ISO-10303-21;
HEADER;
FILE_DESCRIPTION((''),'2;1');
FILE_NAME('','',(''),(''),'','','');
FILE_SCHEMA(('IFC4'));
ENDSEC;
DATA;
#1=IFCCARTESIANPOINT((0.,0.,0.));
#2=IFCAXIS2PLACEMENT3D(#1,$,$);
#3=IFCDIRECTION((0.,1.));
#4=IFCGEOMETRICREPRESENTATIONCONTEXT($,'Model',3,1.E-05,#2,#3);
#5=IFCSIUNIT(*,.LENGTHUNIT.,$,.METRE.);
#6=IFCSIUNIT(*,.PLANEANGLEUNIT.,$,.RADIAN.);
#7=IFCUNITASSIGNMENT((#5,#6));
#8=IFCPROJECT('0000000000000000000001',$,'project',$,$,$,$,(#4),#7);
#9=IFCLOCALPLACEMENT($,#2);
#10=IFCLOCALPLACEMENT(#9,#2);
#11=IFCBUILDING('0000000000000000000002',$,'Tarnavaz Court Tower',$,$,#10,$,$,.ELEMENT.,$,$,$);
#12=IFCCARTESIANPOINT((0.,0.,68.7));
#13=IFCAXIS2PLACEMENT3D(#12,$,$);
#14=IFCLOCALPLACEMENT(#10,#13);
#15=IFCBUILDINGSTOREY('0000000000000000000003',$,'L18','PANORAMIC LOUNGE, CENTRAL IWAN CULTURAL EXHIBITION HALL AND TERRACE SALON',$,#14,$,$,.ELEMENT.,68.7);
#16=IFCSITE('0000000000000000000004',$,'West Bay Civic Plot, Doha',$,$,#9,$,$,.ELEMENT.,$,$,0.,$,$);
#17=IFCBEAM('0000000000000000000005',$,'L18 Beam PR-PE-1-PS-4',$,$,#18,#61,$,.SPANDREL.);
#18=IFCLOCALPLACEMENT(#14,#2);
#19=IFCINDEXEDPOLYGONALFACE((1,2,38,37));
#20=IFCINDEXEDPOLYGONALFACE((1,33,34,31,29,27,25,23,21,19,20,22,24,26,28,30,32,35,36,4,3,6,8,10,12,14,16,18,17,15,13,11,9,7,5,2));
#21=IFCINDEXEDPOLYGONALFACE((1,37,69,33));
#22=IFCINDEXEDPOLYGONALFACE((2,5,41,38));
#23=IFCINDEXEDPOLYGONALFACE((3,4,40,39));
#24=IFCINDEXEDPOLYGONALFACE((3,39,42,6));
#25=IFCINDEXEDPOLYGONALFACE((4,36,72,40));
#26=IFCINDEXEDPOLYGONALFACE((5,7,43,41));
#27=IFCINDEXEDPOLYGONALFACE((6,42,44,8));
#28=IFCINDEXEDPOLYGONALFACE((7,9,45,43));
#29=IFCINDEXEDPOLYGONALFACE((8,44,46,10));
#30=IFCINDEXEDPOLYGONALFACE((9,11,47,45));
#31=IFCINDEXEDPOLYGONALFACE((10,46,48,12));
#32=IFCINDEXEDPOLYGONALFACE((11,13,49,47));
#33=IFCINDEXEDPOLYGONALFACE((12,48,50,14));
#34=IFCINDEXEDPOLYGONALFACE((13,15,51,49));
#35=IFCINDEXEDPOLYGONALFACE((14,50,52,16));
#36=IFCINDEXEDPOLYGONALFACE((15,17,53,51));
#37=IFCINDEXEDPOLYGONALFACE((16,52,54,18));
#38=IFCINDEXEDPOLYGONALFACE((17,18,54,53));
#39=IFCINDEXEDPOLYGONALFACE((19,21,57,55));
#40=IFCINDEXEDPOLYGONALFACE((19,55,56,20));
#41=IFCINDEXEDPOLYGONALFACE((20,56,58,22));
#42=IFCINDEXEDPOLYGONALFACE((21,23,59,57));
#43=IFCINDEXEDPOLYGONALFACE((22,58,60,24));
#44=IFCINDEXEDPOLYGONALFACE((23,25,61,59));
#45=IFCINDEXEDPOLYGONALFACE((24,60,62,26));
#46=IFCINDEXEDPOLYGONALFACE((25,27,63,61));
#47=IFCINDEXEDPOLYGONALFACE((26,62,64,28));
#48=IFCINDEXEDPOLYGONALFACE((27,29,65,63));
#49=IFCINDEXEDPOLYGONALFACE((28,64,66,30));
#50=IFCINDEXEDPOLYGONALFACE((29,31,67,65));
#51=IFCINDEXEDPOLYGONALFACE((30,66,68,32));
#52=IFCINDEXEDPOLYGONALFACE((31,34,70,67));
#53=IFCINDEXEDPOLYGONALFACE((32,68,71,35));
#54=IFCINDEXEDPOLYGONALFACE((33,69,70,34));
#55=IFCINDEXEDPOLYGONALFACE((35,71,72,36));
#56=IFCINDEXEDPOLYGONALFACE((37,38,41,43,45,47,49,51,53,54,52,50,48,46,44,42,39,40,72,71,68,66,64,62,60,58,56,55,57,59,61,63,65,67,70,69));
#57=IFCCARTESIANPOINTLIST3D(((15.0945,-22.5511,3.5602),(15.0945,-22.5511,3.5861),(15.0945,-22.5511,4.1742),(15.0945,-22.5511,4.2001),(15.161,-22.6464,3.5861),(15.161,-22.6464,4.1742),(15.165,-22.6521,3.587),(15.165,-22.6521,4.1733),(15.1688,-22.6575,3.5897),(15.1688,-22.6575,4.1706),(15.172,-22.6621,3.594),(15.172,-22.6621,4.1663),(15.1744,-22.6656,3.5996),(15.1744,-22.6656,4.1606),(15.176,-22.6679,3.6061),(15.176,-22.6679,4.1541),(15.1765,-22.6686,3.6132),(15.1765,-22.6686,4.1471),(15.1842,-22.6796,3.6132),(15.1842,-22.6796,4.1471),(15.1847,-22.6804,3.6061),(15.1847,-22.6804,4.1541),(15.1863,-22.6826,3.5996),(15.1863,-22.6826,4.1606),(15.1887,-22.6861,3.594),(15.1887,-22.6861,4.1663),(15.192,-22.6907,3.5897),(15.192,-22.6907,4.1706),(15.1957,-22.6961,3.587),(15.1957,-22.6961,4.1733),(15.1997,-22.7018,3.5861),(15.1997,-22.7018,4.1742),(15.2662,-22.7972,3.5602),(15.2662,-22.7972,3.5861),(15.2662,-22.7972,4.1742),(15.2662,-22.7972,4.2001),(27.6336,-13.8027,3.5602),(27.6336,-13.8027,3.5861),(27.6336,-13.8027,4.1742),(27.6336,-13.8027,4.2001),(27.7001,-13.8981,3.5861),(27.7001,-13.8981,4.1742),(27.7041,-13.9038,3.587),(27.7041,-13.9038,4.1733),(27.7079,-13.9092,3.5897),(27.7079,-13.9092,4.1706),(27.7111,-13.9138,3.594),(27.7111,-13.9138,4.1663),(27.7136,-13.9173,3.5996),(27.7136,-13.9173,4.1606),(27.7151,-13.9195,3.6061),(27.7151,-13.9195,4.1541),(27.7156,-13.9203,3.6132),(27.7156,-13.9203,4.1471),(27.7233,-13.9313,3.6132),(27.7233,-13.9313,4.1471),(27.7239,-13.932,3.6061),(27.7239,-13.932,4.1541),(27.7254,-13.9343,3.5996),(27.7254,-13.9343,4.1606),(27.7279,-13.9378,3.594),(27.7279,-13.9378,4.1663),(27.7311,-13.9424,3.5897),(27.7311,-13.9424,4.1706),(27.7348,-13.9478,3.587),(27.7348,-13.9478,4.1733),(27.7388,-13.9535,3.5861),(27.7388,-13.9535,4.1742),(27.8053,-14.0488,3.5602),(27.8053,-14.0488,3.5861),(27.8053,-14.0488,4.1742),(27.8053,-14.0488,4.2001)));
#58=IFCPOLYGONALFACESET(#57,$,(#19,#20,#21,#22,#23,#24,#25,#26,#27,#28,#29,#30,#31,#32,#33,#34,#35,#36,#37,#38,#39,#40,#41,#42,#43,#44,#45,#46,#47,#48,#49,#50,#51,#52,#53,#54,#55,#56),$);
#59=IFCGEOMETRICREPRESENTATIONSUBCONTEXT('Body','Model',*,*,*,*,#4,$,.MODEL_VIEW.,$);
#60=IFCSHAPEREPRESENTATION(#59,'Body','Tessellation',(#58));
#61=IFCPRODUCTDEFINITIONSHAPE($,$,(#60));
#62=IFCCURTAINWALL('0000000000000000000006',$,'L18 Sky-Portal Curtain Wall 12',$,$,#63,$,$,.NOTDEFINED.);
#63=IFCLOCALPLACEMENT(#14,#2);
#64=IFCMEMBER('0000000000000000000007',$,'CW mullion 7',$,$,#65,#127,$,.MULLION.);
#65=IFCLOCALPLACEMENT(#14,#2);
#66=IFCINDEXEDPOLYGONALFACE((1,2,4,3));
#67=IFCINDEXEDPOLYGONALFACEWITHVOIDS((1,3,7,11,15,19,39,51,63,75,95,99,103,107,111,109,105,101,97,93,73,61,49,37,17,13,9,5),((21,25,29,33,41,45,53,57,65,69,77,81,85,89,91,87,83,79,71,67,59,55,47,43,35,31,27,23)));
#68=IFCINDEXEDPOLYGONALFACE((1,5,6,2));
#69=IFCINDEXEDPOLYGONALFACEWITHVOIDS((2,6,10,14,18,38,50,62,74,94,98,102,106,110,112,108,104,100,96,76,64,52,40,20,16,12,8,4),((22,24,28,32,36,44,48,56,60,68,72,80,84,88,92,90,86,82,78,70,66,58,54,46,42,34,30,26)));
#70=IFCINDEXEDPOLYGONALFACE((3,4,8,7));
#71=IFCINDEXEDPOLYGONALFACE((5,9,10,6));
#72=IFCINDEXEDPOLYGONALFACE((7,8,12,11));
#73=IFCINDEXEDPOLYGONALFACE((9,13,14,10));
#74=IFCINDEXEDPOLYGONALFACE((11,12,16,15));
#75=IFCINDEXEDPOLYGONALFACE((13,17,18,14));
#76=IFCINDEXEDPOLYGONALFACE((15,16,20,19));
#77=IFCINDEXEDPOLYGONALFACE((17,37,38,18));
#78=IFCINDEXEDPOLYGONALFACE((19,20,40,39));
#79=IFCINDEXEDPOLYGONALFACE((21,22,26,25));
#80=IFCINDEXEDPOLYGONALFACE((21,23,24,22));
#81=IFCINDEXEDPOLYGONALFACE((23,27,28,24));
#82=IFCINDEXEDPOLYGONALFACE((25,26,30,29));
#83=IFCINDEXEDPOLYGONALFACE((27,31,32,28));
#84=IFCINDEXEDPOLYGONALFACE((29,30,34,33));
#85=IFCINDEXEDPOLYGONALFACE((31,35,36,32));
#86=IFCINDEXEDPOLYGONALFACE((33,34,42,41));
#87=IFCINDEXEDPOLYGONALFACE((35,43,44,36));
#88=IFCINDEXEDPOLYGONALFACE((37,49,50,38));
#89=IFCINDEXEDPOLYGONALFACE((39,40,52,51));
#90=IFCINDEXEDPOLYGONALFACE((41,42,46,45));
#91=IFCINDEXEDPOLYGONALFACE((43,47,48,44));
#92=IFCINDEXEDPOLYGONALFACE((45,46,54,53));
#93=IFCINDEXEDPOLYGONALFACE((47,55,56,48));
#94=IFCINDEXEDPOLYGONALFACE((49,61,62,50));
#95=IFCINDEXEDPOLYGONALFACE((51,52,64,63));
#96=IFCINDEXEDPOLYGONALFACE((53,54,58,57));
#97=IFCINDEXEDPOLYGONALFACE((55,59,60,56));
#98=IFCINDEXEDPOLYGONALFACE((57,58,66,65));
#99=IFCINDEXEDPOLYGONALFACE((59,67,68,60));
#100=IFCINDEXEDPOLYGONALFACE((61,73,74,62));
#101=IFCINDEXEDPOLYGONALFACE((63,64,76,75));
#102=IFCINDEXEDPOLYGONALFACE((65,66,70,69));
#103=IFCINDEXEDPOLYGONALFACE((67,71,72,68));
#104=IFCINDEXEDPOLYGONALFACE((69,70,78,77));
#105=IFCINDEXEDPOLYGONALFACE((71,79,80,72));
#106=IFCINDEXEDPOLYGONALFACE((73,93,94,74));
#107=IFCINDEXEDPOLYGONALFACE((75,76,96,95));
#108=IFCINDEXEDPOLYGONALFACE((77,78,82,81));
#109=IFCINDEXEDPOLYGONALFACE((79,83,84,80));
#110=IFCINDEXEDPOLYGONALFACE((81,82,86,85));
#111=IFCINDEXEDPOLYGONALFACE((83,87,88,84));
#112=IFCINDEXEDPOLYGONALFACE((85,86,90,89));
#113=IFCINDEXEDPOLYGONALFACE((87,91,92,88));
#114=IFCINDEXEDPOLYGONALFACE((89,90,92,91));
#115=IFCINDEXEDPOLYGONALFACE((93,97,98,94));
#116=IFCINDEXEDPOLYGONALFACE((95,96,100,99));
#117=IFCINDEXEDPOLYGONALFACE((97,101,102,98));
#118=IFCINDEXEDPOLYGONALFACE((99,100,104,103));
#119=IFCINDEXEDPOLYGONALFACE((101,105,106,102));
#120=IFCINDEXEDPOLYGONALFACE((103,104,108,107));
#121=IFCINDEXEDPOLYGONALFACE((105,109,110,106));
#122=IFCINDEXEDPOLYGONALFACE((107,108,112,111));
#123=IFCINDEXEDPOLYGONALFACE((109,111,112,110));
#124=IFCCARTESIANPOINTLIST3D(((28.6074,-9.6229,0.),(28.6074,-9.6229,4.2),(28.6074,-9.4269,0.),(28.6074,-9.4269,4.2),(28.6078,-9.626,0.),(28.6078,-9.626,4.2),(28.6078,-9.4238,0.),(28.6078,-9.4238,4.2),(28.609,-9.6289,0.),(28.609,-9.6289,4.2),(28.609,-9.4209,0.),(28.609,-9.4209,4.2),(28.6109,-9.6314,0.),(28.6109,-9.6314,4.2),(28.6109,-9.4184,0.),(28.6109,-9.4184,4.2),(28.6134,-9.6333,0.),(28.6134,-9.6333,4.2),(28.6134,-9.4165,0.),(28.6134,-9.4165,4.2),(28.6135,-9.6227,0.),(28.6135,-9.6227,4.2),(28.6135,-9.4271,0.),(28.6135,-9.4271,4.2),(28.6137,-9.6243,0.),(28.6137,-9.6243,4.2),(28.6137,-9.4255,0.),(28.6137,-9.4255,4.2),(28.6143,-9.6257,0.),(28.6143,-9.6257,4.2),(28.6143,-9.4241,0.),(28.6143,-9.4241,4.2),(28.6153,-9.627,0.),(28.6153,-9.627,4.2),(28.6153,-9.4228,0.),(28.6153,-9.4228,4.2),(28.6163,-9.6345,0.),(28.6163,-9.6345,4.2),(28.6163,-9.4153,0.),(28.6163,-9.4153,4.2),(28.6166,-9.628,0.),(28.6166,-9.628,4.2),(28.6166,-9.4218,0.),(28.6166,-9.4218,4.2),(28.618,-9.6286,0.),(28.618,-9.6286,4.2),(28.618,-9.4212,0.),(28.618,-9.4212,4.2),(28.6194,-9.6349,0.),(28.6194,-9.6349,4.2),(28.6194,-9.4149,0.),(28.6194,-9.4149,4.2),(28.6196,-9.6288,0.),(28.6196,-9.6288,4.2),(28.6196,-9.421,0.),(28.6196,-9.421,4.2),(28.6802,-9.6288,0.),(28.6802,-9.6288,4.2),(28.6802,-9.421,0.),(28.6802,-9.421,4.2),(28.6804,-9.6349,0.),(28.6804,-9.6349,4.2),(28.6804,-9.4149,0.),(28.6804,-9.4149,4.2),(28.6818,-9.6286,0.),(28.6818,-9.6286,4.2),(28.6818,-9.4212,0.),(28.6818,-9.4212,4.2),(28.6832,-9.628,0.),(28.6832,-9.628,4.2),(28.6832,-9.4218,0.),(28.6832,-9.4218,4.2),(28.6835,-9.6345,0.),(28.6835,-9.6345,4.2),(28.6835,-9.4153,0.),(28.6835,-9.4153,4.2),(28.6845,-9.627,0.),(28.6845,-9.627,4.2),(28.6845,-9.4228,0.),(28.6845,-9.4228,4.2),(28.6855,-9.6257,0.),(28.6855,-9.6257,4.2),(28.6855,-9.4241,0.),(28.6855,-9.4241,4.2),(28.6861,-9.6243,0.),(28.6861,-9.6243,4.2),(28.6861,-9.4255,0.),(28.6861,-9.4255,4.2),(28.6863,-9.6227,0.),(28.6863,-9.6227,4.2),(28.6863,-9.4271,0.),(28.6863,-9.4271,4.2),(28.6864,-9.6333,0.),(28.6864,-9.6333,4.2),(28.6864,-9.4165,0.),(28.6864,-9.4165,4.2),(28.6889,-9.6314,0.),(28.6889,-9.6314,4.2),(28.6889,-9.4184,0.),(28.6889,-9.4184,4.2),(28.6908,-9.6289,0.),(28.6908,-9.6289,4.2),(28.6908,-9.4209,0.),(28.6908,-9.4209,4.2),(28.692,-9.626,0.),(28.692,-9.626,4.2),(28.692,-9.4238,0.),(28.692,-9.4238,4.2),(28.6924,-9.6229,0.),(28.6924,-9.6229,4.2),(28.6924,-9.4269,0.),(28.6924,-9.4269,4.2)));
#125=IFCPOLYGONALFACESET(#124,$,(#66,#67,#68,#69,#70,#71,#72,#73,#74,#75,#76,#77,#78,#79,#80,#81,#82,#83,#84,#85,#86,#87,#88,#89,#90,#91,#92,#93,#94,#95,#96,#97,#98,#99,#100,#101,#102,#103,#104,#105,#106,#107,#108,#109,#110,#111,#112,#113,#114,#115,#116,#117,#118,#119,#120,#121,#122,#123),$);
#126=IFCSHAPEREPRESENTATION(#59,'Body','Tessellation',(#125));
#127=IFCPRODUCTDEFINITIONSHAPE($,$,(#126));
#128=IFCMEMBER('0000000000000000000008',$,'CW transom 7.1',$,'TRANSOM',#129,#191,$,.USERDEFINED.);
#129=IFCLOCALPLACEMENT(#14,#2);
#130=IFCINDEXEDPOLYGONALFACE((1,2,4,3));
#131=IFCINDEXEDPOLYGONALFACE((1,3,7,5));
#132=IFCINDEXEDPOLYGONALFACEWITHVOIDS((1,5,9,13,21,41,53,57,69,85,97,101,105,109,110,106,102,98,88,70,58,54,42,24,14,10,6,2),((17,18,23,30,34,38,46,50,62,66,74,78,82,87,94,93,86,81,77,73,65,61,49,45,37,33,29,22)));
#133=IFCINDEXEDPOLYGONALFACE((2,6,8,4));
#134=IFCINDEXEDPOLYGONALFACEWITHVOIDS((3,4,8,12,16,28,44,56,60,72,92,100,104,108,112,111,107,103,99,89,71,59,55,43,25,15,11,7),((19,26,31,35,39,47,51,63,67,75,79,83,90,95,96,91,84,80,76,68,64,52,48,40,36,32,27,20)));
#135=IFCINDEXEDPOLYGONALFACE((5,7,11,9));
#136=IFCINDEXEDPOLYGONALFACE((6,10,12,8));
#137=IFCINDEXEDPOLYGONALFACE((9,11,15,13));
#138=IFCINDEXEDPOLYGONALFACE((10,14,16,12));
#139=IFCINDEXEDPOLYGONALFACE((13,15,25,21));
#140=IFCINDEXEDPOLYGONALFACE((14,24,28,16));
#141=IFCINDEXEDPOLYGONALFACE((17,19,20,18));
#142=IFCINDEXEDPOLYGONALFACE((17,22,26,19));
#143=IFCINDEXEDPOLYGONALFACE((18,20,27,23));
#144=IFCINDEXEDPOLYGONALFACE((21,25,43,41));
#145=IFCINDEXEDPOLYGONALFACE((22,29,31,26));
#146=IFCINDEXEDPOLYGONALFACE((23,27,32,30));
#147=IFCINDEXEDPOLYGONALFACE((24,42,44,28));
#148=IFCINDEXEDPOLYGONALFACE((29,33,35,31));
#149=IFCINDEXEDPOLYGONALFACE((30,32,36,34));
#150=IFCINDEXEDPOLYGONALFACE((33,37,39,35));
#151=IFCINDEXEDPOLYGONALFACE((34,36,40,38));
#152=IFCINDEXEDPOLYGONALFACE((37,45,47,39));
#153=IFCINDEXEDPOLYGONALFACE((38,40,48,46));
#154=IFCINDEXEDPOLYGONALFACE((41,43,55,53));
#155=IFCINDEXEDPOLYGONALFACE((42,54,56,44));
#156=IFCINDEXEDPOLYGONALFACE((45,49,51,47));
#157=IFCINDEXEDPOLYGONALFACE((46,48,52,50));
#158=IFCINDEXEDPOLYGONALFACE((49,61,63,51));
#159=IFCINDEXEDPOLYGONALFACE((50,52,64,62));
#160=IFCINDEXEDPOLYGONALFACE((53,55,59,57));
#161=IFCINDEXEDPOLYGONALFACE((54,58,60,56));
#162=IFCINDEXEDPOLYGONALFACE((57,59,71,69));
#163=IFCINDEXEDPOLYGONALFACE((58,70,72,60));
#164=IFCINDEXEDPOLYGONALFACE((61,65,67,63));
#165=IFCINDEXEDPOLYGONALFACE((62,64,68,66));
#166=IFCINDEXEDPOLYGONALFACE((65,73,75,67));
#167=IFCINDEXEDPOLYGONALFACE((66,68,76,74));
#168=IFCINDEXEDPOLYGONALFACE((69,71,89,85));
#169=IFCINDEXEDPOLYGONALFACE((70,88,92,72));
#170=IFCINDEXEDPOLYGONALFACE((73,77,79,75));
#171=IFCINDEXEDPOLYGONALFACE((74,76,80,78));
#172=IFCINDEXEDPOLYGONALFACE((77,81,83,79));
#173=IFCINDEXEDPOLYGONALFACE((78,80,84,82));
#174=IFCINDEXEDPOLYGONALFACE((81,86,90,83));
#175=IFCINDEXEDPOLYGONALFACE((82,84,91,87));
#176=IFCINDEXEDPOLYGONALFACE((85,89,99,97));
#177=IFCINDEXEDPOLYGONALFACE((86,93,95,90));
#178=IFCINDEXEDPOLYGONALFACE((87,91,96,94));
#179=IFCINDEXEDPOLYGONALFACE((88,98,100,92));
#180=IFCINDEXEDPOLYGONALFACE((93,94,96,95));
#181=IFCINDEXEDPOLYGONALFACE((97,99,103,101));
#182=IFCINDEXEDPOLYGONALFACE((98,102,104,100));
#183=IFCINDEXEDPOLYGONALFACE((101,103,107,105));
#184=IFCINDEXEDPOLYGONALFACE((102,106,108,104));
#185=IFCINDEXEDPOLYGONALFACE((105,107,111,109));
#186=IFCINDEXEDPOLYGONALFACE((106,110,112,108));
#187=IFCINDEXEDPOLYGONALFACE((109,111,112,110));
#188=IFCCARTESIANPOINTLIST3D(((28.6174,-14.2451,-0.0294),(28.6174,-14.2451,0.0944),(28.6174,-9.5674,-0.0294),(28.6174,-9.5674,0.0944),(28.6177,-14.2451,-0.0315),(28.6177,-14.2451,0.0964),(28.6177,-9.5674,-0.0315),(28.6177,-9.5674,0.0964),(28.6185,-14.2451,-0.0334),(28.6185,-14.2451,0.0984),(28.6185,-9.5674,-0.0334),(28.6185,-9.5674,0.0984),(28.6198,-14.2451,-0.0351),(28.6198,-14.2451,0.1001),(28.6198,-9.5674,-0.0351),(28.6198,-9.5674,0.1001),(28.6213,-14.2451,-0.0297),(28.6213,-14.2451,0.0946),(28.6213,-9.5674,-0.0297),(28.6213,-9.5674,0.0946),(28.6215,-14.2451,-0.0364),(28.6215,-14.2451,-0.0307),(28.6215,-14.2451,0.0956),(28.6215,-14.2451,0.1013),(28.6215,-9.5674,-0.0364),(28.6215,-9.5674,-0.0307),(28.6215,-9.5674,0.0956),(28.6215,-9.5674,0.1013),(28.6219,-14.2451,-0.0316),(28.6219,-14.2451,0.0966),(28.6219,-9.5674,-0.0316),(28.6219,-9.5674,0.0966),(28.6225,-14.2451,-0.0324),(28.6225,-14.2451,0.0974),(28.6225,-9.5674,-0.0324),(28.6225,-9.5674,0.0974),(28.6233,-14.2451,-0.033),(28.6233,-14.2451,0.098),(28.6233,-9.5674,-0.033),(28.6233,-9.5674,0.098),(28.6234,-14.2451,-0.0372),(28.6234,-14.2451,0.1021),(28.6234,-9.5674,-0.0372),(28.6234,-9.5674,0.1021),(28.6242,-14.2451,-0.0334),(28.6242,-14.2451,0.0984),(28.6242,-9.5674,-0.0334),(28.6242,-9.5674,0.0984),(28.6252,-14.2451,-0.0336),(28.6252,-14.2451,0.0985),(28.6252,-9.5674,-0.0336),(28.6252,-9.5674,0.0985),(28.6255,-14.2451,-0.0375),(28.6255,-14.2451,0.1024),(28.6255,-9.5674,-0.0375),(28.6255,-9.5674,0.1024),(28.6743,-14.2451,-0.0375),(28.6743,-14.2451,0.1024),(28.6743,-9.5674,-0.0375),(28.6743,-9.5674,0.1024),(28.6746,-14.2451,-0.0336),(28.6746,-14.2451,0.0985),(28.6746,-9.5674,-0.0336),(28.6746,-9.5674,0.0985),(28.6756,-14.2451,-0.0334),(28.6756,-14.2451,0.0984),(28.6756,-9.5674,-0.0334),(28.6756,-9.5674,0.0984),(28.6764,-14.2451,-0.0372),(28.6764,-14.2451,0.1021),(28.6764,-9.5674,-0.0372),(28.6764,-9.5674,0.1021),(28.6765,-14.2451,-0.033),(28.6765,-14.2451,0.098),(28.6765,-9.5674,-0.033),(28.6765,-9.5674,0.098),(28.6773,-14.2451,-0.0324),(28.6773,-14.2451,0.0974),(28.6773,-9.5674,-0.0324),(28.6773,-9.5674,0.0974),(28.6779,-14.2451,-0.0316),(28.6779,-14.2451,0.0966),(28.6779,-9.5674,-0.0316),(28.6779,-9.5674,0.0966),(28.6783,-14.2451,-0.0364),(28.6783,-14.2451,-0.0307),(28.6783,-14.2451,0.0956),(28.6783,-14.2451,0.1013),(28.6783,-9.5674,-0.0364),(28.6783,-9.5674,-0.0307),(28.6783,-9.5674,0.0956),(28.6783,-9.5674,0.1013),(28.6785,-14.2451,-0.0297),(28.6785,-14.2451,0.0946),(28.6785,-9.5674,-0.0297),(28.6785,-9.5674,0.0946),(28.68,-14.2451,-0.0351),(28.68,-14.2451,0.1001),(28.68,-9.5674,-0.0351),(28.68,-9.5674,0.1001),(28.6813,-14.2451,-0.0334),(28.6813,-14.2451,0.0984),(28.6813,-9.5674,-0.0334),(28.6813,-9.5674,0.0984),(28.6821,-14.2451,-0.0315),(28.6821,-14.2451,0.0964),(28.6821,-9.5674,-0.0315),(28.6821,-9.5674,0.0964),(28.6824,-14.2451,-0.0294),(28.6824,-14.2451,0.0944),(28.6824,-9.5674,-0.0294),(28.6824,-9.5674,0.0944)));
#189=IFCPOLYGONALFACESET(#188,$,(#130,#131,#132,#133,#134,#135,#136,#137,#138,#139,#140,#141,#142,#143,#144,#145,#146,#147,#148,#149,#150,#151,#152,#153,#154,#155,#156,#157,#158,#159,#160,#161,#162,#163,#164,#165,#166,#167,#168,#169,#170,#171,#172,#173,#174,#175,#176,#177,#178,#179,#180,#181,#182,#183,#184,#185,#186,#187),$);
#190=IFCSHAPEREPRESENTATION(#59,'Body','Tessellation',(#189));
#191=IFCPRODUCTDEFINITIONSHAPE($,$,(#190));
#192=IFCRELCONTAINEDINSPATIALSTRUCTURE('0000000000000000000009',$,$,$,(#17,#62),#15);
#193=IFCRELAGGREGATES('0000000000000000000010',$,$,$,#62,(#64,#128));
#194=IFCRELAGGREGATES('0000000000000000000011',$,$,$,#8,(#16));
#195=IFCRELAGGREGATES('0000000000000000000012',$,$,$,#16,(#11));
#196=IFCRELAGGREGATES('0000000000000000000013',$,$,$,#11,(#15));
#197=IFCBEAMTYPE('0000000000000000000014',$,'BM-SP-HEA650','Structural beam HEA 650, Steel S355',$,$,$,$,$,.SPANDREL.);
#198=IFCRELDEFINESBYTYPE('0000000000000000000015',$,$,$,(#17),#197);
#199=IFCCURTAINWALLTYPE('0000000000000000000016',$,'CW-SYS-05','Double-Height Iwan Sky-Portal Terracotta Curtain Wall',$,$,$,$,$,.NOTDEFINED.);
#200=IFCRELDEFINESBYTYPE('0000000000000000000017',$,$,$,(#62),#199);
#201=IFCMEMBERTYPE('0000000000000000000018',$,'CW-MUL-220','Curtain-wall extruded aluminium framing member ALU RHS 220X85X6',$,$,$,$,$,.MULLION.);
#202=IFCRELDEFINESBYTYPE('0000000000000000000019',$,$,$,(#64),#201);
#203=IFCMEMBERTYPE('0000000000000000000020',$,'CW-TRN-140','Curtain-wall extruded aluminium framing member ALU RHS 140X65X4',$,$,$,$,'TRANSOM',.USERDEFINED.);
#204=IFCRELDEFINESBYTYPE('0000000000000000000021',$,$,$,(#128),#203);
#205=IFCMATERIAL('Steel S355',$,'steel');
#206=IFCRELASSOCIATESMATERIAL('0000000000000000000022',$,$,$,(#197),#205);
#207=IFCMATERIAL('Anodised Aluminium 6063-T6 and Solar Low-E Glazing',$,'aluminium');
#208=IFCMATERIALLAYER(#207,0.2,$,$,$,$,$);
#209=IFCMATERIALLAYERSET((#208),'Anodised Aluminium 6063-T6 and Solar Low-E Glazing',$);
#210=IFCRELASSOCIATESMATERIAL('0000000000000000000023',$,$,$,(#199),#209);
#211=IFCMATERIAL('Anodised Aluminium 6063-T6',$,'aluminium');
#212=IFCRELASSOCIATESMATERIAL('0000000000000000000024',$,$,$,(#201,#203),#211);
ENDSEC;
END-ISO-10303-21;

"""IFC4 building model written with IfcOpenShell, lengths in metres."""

from ifc_helpers import new_model, si_unit, direction, frame, origin, origin_2d, place, context, subcontext, project, spatial, hollow_rectangle, i_section, extrude, material, layer, layer_set, material_profile, profile_set, type_object, element, aggregate, save


model = new_model("IFC4")

# Units and contexts
model_context = context("Model", 3, precision=1e-05, world=origin(), true_north=direction((0.0, 1.0)))
body_context = subcontext(model_context, "Body", "Model", "MODEL_VIEW")
ifc_project = project(units=[si_unit("LENGTHUNIT", "METRE"), si_unit("PLANEANGLEUNIT", "RADIAN")], contexts=[model_context])

# Site, building, storey
site_placement = place(None, origin())
site = spatial("IfcSite", under=ifc_project, at=site_placement, Name="West Bay Civic Plot, Doha", CompositionType="ELEMENT", RefElevation=0.0)
building_placement = place(site_placement, origin())
building = spatial("IfcBuilding", under=site, at=building_placement, Name="Tarnavaz Court Tower", CompositionType="ELEMENT")
storey_placement = place(building_placement, frame((0.0, 0.0, 68.7)))
storey = spatial("IfcBuildingStorey", under=building, at=storey_placement, Name="L18", Description="PANORAMIC LOUNGE, CENTRAL IWAN CULTURAL EXHIBITION HALL AND TERRACE SALON", CompositionType="ELEMENT", Elevation=68.7)

# Beam
ifc_material_1 = material(Name="Steel S355", Category="steel")
ifc_material_profile_1 = material_profile(ifc_material_1, i_section(OverallWidth=0.3, OverallDepth=0.6399, WebThickness=0.0134, FlangeThickness=0.0259, FilletRadius=0.0271, at=origin_2d()), Name="HEA 650")
ifc_profile_set_1 = profile_set([ifc_material_profile_1], Name="Steel S355")
beam_type_1 = type_object("IfcBeamType", Name="BM-SP-HEA650", Description="Structural beam HEA 650, Steel S355", PredefinedType="SPANDREL", material=ifc_profile_set_1)
beam_1_placement = place(storey_placement, frame((27.7195, -13.9258, 3.8801), z_axis=(-0.820124, -0.572186, 0.0), x_axis=(0.572186, -0.820124, 0.0)))
element("IfcBeam", 1, at=beam_1_placement, inside=storey, type_object=beam_type_1, Name="L18 Beam PR-PE-1-PS-4", PredefinedType="SPANDREL", context=body_context, shape_type="SweptSolid", body=[
    extrude(i_section(OverallWidth=0.3, OverallDepth=0.6399, WebThickness=0.0134, FlangeThickness=0.0259, FilletRadius=0.0271, at=origin_2d()), origin(), (0.0, 0.0, 1.0), 15.2893),
])

# Curtain wall, members
ifc_material_2 = material(Name="Anodised Aluminium 6063-T6 and Solar Low-E Glazing", Category="aluminium")
ifc_layer_1 = layer(ifc_material_2, 0.2)
ifc_layer_set_1 = layer_set([ifc_layer_1], Name="Anodised Aluminium 6063-T6 and Solar Low-E Glazing")
curtain_wall_type = type_object("IfcCurtainWallType", Name="CW-SYS-05", Description="Double-Height Iwan Sky-Portal Terracotta Curtain Wall", PredefinedType="NOTDEFINED", material=ifc_layer_set_1)
curtain_wall_placement = place(storey_placement, origin())
curtain_wall = element("IfcCurtainWall", 2, at=curtain_wall_placement, inside=storey, type_object=curtain_wall_type, Name="L18 Sky-Portal Curtain Wall 12", PredefinedType="NOTDEFINED")
ifc_material_3 = material(Name="Anodised Aluminium 6063-T6", Category="aluminium")
ifc_material_profile_2 = material_profile(ifc_material_3, hollow_rectangle(XDim=0.085, YDim=0.22, WallThickness=0.0061, InnerFilletRadius=0.0061, OuterFilletRadius=0.012, at=origin_2d()), Name="ALU RHS 220X85X6")
ifc_profile_set_2 = profile_set([ifc_material_profile_2], Name="Anodised Aluminium 6063-T6")
member_type_1 = type_object("IfcMemberType", Name="CW-MUL-220", Description="Curtain-wall extruded aluminium framing member ALU RHS 220X85X6", PredefinedType="MULLION", material=ifc_profile_set_2)
member_1_placement = place(storey_placement, frame((28.6499, -9.5249, 0.0), z_axis=(0.0, 0.0, 1.0), x_axis=(1.0, 0.0, 0.0)))
member_1 = element("IfcMember", 3, at=member_1_placement, type_object=member_type_1, Name="CW mullion 7", PredefinedType="MULLION", context=body_context, shape_type="SweptSolid", body=[
    extrude(hollow_rectangle(XDim=0.085, YDim=0.22, WallThickness=0.0061, InnerFilletRadius=0.0061, OuterFilletRadius=0.012, at=origin_2d()), origin(), (0.0, 0.0, 1.0), 4.2),
])
ifc_material_profile_3 = material_profile(ifc_material_3, hollow_rectangle(XDim=0.0649, YDim=0.1399, WallThickness=0.0039, InnerFilletRadius=0.0039, OuterFilletRadius=0.0081, at=origin_2d()), Name="ALU RHS 140X65X4")
ifc_profile_set_3 = profile_set([ifc_material_profile_3], Name="Anodised Aluminium 6063-T6")
member_type_2 = type_object("IfcMemberType", Name="CW-TRN-140", Description="Curtain-wall extruded aluminium framing member ALU RHS 140X65X4", ElementType="TRANSOM", PredefinedType="USERDEFINED", material=ifc_profile_set_3)
member_2_placement = place(storey_placement, frame((28.6499, -9.5674, 0.0325), z_axis=(0.0, -1.0, 0.0), x_axis=(1.0, 0.0, 0.0)))
member_2 = element("IfcMember", 4, at=member_2_placement, type_object=member_type_2, Name="CW transom 7.1", ObjectType="TRANSOM", PredefinedType="USERDEFINED", context=body_context, shape_type="SweptSolid", body=[
    extrude(hollow_rectangle(XDim=0.0649, YDim=0.1399, WallThickness=0.0039, InnerFilletRadius=0.0039, OuterFilletRadius=0.0081, at=origin_2d()), origin(), (0.0, 0.0, 1.0), 4.6777),
])
aggregate(curtain_wall, [member_1, member_2])

save(model, "model.ifc")
